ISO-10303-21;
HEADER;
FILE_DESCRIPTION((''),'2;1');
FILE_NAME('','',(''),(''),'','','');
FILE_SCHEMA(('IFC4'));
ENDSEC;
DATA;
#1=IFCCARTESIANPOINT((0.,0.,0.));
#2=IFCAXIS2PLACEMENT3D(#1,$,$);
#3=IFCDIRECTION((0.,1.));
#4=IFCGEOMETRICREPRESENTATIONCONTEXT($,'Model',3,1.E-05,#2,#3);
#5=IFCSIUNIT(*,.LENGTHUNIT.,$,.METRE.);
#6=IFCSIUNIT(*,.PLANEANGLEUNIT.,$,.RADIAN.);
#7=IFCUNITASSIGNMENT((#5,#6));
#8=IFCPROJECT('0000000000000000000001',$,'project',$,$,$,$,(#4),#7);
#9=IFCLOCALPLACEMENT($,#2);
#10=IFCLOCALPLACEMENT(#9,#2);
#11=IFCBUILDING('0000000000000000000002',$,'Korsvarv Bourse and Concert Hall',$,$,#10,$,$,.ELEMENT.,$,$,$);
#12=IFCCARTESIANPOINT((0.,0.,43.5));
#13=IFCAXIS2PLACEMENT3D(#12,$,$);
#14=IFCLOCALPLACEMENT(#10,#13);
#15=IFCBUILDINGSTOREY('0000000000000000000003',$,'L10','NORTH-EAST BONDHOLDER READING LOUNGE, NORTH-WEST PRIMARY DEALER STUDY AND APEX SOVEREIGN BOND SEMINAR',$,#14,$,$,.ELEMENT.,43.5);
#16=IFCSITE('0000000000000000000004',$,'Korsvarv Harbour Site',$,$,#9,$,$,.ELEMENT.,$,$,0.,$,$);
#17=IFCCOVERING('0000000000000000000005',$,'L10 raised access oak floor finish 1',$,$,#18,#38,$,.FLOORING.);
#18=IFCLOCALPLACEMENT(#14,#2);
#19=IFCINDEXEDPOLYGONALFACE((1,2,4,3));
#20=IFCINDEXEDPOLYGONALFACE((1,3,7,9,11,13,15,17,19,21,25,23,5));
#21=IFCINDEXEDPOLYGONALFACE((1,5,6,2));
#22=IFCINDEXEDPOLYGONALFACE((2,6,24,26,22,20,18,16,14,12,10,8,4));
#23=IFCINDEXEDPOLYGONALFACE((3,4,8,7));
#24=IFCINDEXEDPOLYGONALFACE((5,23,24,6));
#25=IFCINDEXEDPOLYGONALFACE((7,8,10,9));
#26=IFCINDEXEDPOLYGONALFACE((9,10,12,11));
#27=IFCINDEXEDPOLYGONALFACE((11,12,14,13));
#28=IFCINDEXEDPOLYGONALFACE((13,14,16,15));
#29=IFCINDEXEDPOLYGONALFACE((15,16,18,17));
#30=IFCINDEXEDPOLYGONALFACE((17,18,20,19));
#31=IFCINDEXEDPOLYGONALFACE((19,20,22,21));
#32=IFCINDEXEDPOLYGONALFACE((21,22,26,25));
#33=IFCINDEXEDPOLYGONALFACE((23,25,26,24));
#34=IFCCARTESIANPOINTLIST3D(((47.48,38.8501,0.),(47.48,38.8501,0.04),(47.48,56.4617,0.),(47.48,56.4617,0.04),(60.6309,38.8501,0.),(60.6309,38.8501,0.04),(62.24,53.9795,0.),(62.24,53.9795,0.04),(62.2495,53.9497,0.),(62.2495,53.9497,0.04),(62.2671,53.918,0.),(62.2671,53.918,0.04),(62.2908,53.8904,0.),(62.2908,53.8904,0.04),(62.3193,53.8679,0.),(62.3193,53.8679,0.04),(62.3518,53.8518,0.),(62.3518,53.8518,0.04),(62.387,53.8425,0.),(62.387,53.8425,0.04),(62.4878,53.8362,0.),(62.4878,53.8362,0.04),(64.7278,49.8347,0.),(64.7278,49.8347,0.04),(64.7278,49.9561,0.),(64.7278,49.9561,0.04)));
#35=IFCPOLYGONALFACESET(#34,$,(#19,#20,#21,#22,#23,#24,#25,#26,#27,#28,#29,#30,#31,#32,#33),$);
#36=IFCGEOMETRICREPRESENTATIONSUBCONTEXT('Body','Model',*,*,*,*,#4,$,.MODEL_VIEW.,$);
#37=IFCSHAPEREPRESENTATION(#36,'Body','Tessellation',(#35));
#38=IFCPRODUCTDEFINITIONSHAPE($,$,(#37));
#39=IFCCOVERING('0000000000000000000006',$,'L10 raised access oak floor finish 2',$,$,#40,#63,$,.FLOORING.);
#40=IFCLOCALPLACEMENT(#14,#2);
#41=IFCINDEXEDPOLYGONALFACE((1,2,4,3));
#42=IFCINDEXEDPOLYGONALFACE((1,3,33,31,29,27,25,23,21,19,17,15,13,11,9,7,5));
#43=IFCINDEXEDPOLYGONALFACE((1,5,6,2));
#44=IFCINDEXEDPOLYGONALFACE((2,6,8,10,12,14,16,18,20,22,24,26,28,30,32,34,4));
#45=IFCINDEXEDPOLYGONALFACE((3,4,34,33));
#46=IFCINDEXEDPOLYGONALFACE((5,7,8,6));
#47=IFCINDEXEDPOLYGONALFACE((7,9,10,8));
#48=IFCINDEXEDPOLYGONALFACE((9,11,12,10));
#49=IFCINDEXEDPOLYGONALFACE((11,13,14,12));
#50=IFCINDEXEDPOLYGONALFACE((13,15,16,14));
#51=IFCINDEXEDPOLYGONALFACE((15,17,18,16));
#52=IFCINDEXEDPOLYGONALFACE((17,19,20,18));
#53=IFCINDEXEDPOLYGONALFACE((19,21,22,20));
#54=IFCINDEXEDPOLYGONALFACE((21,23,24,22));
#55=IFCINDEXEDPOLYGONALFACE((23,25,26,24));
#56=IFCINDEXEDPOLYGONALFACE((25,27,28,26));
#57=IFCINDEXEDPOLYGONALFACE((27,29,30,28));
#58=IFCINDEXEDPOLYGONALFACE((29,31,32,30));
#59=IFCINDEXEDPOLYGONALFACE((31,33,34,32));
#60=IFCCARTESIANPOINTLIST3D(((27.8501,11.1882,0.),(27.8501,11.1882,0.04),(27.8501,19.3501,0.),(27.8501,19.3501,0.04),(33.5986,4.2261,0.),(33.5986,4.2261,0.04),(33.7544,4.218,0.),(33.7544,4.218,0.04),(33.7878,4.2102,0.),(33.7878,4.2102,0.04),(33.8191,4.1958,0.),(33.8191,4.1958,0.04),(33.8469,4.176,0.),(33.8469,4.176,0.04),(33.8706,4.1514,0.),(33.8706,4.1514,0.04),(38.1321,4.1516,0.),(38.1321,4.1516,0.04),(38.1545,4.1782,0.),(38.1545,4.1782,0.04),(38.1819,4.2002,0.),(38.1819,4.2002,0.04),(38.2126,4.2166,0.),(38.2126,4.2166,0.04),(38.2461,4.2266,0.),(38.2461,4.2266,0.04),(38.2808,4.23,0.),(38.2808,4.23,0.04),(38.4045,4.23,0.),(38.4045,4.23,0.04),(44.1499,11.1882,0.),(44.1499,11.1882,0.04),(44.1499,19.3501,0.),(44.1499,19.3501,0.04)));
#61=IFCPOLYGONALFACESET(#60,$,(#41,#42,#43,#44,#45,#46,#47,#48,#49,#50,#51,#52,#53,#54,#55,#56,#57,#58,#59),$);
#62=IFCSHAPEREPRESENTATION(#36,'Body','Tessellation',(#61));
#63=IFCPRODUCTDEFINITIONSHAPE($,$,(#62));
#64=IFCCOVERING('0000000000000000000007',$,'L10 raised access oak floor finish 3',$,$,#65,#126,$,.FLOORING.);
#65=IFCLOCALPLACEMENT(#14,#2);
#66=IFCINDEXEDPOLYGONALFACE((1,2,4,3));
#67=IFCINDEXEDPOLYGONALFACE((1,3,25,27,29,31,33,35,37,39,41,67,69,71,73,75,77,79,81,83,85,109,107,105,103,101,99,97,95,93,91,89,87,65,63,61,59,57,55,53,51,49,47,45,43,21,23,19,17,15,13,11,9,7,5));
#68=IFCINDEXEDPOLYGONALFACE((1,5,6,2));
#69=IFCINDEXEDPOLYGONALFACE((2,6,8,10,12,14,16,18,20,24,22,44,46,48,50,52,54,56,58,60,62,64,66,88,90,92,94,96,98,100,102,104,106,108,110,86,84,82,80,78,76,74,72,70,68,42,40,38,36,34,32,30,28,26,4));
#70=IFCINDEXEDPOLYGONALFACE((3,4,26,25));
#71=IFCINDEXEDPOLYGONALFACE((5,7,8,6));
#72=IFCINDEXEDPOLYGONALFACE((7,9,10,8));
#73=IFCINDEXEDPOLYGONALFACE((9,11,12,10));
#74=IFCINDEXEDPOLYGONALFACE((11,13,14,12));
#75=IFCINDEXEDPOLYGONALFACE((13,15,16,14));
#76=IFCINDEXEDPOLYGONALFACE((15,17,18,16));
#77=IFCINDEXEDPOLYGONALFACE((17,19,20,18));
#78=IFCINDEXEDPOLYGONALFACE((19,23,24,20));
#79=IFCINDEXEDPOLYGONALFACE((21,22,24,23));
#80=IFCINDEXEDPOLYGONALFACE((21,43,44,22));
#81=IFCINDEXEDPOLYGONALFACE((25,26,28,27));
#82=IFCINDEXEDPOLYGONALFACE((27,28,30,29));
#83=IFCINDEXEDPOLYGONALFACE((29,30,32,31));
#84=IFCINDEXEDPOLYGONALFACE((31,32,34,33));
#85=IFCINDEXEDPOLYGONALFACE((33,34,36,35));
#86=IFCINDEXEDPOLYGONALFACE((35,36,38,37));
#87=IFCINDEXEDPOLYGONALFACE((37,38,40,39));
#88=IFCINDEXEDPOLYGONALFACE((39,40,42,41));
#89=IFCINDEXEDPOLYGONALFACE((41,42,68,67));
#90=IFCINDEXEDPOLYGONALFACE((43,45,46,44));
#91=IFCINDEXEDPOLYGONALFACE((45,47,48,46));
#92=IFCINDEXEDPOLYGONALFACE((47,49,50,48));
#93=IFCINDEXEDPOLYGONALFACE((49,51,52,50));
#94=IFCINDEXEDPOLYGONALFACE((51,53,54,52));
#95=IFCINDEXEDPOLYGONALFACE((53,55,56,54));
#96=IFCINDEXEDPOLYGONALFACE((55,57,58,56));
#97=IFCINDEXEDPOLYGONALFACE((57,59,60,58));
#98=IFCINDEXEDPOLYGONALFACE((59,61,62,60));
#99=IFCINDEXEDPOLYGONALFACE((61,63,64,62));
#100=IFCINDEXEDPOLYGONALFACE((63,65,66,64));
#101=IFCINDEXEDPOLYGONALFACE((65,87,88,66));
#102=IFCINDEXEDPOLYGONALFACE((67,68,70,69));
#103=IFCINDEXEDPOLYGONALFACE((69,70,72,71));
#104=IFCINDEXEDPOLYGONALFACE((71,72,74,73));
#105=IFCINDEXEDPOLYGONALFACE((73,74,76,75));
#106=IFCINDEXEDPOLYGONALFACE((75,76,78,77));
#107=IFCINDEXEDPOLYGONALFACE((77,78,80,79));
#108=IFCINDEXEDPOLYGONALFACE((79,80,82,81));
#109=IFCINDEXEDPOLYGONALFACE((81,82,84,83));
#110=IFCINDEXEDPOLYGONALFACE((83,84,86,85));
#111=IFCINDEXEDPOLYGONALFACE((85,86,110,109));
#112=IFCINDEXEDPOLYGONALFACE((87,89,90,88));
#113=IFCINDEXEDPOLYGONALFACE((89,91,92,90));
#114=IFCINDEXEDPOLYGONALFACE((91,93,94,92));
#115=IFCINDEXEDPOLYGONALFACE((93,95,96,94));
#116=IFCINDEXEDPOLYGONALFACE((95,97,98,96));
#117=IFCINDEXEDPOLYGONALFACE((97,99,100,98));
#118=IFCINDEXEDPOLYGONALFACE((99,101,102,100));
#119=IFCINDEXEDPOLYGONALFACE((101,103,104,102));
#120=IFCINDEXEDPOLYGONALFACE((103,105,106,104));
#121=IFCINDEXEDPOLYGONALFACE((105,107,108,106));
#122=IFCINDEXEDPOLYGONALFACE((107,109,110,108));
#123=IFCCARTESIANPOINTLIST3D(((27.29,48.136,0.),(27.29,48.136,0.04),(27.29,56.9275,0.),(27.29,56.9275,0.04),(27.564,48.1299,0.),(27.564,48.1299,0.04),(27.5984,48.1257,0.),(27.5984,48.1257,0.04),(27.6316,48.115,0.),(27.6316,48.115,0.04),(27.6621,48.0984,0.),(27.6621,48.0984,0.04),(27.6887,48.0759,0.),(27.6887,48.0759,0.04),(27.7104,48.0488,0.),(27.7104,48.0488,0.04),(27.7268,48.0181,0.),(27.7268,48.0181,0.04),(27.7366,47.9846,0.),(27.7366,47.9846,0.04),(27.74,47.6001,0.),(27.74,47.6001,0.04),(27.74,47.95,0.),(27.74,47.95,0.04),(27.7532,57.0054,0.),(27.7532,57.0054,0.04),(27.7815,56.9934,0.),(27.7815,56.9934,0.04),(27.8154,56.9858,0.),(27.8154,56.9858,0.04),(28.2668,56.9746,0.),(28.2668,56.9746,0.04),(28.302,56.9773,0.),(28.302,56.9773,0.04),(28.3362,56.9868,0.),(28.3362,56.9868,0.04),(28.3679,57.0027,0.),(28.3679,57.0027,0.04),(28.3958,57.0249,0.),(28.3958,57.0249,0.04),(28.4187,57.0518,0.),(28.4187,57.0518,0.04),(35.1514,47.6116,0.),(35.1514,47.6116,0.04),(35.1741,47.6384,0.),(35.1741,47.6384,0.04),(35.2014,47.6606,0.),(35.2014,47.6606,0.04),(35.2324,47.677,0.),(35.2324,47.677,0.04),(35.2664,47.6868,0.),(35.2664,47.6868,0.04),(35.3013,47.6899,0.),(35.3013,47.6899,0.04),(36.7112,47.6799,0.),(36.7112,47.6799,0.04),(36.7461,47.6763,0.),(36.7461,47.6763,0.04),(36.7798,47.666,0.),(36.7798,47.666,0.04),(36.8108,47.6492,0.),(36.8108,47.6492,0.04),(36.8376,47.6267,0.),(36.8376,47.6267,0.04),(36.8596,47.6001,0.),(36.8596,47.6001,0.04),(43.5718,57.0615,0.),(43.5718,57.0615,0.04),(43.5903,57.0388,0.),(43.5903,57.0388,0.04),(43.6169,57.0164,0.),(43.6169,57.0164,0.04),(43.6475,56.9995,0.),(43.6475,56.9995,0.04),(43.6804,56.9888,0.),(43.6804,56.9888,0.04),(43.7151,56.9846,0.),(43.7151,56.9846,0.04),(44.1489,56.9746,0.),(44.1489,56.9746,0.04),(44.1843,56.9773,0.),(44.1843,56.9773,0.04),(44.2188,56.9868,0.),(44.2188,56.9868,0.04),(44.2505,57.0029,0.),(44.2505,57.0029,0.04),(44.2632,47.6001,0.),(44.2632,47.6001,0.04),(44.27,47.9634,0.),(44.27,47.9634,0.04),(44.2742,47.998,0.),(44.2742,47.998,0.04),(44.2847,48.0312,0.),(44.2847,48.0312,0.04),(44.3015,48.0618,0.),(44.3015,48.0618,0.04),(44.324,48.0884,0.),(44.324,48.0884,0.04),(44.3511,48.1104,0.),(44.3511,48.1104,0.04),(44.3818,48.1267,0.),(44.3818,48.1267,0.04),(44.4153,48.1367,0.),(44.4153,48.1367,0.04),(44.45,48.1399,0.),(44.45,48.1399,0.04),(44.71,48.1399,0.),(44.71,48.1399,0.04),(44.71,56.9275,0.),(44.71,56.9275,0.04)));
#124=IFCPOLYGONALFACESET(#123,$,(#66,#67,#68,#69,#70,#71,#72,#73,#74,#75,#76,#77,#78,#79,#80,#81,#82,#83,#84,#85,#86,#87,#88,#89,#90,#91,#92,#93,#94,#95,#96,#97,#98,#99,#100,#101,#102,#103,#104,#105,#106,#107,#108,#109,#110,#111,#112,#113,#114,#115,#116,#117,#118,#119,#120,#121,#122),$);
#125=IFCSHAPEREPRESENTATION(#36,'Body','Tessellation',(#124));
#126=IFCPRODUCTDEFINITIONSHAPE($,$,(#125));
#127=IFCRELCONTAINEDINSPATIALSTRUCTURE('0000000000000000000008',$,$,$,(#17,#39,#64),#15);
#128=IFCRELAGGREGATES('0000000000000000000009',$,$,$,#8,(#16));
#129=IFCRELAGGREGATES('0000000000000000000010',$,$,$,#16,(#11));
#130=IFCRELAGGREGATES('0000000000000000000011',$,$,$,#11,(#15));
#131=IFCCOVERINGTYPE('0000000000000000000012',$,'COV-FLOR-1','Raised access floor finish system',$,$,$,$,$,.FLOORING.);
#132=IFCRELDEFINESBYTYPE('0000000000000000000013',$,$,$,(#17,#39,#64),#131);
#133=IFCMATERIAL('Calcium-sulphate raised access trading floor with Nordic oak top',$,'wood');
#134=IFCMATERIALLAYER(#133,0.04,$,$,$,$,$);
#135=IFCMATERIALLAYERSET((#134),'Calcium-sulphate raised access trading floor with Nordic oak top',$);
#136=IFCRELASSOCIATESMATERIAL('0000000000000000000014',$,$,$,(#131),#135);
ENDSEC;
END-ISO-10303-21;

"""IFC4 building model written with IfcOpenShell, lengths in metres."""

from ifc_helpers import new_model, si_unit, direction, frame, origin, place, context, subcontext, project, spatial, polyline, outline, extrude, material, layer, layer_set, type_object, element, save


model = new_model("IFC4")

# Units and contexts
model_context = context("Model", 3, precision=1e-05, world=origin(), true_north=direction((0.0, 1.0)))
body_context = subcontext(model_context, "Body", "Model", "MODEL_VIEW")
ifc_project = project(units=[si_unit("LENGTHUNIT", "METRE"), si_unit("PLANEANGLEUNIT", "RADIAN")], contexts=[model_context])

# Site, building, storey
site_placement = place(None, origin())
site = spatial("IfcSite", under=ifc_project, at=site_placement, Name="Korsvarv Harbour Site", CompositionType="ELEMENT", RefElevation=0.0)
building_placement = place(site_placement, origin())
building = spatial("IfcBuilding", under=site, at=building_placement, Name="Korsvarv Bourse and Concert Hall", CompositionType="ELEMENT")
storey_placement = place(building_placement, frame((0.0, 0.0, 43.5)))
storey = spatial("IfcBuildingStorey", under=building, at=storey_placement, Name="L10", Description="NORTH-EAST BONDHOLDER READING LOUNGE, NORTH-WEST PRIMARY DEALER STUDY AND APEX SOVEREIGN BOND SEMINAR", CompositionType="ELEMENT", Elevation=43.5)

# Coverings
ifc_material_1 = material(Name="Calcium-sulphate raised access trading floor with Nordic oak top", Category="wood")
ifc_layer_1 = layer(ifc_material_1, 0.04)
ifc_layer_set_1 = layer_set([ifc_layer_1], Name="Calcium-sulphate raised access trading floor with Nordic oak top")
covering_type_1 = type_object("IfcCoveringType", Name="COV-FLOR-1", Description="Raised access floor finish system", PredefinedType="FLOORING", material=ifc_layer_set_1)
covering_1_placement = place(storey_placement, origin())
element("IfcCovering", 1, at=covering_1_placement, inside=storey, type_object=covering_type_1, Name="L10 raised access oak floor finish 1", PredefinedType="FLOORING", context=body_context, shape_type="SweptSolid", body=[
    extrude(outline(polyline([(47.48, 56.4617), (62.24, 53.9795), (62.2495, 53.9497), (62.2671, 53.918), (62.2908, 53.8904), (62.3193, 53.8679), (62.3518, 53.8518), (62.387, 53.8425), (62.4878, 53.8362), (64.7278, 49.9561), (64.7278, 49.8347), (60.6309, 38.8501), (47.48, 38.8501), (47.48, 56.4617)])), origin(), (0.0, 0.0, 1.0), 0.04),
])
covering_2_placement = place(storey_placement, origin())
element("IfcCovering", 2, at=covering_2_placement, inside=storey, type_object=covering_type_1, Name="L10 raised access oak floor finish 2", PredefinedType="FLOORING", context=body_context, shape_type="SweptSolid", body=[
    extrude(outline(polyline([(33.8706, 4.1514), (33.8469, 4.176), (33.8191, 4.1958), (33.7878, 4.2102), (33.7544, 4.218), (33.5986, 4.2261), (27.8501, 11.1882), (27.8501, 19.3501), (44.1499, 19.3501), (44.1499, 11.1882), (38.4045, 4.23), (38.2808, 4.23), (38.2461, 4.2266), (38.2126, 4.2166), (38.1819, 4.2002), (38.1545, 4.1782), (38.1321, 4.1516), (33.8706, 4.1514)])), origin(), (0.0, 0.0, 1.0), 0.04),
])
covering_3_placement = place(storey_placement, origin())
element("IfcCovering", 3, at=covering_3_placement, inside=storey, type_object=covering_type_1, Name="L10 raised access oak floor finish 3", PredefinedType="FLOORING", context=body_context, shape_type="SweptSolid", body=[
    extrude(outline(polyline([(27.7532, 57.0054), (27.7815, 56.9934), (27.8154, 56.9858), (28.2668, 56.9746), (28.302, 56.9773), (28.3362, 56.9868), (28.3679, 57.0027), (28.3958, 57.0249), (28.4187, 57.0518), (43.5718, 57.0615), (43.5903, 57.0388), (43.6169, 57.0164), (43.6475, 56.9995), (43.6804, 56.9888), (43.7151, 56.9846), (44.1489, 56.9746), (44.1843, 56.9773), (44.2188, 56.9868), (44.2505, 57.0029), (44.71, 56.9275), (44.71, 48.1399), (44.45, 48.1399), (44.4153, 48.1367), (44.3818, 48.1267), (44.3511, 48.1104), (44.324, 48.0884), (44.3015, 48.0618), (44.2847, 48.0312), (44.2742, 47.998), (44.27, 47.9634), (44.2632, 47.6001), (36.8596, 47.6001), (36.8376, 47.6267), (36.8108, 47.6492), (36.7798, 47.666), (36.7461, 47.6763), (36.7112, 47.6799), (35.3013, 47.6899), (35.2664, 47.6868), (35.2324, 47.677), (35.2014, 47.6606), (35.1741, 47.6384), (35.1514, 47.6116), (27.74, 47.6001), (27.74, 47.95), (27.7366, 47.9846), (27.7268, 48.0181), (27.7104, 48.0488), (27.6887, 48.0759), (27.6621, 48.0984), (27.6316, 48.115), (27.5984, 48.1257), (27.564, 48.1299), (27.29, 48.136), (27.29, 56.9275), (27.7532, 57.0054)])), origin(), (0.0, 0.0, 1.0), 0.04),
])

save(model, "model.ifc")
